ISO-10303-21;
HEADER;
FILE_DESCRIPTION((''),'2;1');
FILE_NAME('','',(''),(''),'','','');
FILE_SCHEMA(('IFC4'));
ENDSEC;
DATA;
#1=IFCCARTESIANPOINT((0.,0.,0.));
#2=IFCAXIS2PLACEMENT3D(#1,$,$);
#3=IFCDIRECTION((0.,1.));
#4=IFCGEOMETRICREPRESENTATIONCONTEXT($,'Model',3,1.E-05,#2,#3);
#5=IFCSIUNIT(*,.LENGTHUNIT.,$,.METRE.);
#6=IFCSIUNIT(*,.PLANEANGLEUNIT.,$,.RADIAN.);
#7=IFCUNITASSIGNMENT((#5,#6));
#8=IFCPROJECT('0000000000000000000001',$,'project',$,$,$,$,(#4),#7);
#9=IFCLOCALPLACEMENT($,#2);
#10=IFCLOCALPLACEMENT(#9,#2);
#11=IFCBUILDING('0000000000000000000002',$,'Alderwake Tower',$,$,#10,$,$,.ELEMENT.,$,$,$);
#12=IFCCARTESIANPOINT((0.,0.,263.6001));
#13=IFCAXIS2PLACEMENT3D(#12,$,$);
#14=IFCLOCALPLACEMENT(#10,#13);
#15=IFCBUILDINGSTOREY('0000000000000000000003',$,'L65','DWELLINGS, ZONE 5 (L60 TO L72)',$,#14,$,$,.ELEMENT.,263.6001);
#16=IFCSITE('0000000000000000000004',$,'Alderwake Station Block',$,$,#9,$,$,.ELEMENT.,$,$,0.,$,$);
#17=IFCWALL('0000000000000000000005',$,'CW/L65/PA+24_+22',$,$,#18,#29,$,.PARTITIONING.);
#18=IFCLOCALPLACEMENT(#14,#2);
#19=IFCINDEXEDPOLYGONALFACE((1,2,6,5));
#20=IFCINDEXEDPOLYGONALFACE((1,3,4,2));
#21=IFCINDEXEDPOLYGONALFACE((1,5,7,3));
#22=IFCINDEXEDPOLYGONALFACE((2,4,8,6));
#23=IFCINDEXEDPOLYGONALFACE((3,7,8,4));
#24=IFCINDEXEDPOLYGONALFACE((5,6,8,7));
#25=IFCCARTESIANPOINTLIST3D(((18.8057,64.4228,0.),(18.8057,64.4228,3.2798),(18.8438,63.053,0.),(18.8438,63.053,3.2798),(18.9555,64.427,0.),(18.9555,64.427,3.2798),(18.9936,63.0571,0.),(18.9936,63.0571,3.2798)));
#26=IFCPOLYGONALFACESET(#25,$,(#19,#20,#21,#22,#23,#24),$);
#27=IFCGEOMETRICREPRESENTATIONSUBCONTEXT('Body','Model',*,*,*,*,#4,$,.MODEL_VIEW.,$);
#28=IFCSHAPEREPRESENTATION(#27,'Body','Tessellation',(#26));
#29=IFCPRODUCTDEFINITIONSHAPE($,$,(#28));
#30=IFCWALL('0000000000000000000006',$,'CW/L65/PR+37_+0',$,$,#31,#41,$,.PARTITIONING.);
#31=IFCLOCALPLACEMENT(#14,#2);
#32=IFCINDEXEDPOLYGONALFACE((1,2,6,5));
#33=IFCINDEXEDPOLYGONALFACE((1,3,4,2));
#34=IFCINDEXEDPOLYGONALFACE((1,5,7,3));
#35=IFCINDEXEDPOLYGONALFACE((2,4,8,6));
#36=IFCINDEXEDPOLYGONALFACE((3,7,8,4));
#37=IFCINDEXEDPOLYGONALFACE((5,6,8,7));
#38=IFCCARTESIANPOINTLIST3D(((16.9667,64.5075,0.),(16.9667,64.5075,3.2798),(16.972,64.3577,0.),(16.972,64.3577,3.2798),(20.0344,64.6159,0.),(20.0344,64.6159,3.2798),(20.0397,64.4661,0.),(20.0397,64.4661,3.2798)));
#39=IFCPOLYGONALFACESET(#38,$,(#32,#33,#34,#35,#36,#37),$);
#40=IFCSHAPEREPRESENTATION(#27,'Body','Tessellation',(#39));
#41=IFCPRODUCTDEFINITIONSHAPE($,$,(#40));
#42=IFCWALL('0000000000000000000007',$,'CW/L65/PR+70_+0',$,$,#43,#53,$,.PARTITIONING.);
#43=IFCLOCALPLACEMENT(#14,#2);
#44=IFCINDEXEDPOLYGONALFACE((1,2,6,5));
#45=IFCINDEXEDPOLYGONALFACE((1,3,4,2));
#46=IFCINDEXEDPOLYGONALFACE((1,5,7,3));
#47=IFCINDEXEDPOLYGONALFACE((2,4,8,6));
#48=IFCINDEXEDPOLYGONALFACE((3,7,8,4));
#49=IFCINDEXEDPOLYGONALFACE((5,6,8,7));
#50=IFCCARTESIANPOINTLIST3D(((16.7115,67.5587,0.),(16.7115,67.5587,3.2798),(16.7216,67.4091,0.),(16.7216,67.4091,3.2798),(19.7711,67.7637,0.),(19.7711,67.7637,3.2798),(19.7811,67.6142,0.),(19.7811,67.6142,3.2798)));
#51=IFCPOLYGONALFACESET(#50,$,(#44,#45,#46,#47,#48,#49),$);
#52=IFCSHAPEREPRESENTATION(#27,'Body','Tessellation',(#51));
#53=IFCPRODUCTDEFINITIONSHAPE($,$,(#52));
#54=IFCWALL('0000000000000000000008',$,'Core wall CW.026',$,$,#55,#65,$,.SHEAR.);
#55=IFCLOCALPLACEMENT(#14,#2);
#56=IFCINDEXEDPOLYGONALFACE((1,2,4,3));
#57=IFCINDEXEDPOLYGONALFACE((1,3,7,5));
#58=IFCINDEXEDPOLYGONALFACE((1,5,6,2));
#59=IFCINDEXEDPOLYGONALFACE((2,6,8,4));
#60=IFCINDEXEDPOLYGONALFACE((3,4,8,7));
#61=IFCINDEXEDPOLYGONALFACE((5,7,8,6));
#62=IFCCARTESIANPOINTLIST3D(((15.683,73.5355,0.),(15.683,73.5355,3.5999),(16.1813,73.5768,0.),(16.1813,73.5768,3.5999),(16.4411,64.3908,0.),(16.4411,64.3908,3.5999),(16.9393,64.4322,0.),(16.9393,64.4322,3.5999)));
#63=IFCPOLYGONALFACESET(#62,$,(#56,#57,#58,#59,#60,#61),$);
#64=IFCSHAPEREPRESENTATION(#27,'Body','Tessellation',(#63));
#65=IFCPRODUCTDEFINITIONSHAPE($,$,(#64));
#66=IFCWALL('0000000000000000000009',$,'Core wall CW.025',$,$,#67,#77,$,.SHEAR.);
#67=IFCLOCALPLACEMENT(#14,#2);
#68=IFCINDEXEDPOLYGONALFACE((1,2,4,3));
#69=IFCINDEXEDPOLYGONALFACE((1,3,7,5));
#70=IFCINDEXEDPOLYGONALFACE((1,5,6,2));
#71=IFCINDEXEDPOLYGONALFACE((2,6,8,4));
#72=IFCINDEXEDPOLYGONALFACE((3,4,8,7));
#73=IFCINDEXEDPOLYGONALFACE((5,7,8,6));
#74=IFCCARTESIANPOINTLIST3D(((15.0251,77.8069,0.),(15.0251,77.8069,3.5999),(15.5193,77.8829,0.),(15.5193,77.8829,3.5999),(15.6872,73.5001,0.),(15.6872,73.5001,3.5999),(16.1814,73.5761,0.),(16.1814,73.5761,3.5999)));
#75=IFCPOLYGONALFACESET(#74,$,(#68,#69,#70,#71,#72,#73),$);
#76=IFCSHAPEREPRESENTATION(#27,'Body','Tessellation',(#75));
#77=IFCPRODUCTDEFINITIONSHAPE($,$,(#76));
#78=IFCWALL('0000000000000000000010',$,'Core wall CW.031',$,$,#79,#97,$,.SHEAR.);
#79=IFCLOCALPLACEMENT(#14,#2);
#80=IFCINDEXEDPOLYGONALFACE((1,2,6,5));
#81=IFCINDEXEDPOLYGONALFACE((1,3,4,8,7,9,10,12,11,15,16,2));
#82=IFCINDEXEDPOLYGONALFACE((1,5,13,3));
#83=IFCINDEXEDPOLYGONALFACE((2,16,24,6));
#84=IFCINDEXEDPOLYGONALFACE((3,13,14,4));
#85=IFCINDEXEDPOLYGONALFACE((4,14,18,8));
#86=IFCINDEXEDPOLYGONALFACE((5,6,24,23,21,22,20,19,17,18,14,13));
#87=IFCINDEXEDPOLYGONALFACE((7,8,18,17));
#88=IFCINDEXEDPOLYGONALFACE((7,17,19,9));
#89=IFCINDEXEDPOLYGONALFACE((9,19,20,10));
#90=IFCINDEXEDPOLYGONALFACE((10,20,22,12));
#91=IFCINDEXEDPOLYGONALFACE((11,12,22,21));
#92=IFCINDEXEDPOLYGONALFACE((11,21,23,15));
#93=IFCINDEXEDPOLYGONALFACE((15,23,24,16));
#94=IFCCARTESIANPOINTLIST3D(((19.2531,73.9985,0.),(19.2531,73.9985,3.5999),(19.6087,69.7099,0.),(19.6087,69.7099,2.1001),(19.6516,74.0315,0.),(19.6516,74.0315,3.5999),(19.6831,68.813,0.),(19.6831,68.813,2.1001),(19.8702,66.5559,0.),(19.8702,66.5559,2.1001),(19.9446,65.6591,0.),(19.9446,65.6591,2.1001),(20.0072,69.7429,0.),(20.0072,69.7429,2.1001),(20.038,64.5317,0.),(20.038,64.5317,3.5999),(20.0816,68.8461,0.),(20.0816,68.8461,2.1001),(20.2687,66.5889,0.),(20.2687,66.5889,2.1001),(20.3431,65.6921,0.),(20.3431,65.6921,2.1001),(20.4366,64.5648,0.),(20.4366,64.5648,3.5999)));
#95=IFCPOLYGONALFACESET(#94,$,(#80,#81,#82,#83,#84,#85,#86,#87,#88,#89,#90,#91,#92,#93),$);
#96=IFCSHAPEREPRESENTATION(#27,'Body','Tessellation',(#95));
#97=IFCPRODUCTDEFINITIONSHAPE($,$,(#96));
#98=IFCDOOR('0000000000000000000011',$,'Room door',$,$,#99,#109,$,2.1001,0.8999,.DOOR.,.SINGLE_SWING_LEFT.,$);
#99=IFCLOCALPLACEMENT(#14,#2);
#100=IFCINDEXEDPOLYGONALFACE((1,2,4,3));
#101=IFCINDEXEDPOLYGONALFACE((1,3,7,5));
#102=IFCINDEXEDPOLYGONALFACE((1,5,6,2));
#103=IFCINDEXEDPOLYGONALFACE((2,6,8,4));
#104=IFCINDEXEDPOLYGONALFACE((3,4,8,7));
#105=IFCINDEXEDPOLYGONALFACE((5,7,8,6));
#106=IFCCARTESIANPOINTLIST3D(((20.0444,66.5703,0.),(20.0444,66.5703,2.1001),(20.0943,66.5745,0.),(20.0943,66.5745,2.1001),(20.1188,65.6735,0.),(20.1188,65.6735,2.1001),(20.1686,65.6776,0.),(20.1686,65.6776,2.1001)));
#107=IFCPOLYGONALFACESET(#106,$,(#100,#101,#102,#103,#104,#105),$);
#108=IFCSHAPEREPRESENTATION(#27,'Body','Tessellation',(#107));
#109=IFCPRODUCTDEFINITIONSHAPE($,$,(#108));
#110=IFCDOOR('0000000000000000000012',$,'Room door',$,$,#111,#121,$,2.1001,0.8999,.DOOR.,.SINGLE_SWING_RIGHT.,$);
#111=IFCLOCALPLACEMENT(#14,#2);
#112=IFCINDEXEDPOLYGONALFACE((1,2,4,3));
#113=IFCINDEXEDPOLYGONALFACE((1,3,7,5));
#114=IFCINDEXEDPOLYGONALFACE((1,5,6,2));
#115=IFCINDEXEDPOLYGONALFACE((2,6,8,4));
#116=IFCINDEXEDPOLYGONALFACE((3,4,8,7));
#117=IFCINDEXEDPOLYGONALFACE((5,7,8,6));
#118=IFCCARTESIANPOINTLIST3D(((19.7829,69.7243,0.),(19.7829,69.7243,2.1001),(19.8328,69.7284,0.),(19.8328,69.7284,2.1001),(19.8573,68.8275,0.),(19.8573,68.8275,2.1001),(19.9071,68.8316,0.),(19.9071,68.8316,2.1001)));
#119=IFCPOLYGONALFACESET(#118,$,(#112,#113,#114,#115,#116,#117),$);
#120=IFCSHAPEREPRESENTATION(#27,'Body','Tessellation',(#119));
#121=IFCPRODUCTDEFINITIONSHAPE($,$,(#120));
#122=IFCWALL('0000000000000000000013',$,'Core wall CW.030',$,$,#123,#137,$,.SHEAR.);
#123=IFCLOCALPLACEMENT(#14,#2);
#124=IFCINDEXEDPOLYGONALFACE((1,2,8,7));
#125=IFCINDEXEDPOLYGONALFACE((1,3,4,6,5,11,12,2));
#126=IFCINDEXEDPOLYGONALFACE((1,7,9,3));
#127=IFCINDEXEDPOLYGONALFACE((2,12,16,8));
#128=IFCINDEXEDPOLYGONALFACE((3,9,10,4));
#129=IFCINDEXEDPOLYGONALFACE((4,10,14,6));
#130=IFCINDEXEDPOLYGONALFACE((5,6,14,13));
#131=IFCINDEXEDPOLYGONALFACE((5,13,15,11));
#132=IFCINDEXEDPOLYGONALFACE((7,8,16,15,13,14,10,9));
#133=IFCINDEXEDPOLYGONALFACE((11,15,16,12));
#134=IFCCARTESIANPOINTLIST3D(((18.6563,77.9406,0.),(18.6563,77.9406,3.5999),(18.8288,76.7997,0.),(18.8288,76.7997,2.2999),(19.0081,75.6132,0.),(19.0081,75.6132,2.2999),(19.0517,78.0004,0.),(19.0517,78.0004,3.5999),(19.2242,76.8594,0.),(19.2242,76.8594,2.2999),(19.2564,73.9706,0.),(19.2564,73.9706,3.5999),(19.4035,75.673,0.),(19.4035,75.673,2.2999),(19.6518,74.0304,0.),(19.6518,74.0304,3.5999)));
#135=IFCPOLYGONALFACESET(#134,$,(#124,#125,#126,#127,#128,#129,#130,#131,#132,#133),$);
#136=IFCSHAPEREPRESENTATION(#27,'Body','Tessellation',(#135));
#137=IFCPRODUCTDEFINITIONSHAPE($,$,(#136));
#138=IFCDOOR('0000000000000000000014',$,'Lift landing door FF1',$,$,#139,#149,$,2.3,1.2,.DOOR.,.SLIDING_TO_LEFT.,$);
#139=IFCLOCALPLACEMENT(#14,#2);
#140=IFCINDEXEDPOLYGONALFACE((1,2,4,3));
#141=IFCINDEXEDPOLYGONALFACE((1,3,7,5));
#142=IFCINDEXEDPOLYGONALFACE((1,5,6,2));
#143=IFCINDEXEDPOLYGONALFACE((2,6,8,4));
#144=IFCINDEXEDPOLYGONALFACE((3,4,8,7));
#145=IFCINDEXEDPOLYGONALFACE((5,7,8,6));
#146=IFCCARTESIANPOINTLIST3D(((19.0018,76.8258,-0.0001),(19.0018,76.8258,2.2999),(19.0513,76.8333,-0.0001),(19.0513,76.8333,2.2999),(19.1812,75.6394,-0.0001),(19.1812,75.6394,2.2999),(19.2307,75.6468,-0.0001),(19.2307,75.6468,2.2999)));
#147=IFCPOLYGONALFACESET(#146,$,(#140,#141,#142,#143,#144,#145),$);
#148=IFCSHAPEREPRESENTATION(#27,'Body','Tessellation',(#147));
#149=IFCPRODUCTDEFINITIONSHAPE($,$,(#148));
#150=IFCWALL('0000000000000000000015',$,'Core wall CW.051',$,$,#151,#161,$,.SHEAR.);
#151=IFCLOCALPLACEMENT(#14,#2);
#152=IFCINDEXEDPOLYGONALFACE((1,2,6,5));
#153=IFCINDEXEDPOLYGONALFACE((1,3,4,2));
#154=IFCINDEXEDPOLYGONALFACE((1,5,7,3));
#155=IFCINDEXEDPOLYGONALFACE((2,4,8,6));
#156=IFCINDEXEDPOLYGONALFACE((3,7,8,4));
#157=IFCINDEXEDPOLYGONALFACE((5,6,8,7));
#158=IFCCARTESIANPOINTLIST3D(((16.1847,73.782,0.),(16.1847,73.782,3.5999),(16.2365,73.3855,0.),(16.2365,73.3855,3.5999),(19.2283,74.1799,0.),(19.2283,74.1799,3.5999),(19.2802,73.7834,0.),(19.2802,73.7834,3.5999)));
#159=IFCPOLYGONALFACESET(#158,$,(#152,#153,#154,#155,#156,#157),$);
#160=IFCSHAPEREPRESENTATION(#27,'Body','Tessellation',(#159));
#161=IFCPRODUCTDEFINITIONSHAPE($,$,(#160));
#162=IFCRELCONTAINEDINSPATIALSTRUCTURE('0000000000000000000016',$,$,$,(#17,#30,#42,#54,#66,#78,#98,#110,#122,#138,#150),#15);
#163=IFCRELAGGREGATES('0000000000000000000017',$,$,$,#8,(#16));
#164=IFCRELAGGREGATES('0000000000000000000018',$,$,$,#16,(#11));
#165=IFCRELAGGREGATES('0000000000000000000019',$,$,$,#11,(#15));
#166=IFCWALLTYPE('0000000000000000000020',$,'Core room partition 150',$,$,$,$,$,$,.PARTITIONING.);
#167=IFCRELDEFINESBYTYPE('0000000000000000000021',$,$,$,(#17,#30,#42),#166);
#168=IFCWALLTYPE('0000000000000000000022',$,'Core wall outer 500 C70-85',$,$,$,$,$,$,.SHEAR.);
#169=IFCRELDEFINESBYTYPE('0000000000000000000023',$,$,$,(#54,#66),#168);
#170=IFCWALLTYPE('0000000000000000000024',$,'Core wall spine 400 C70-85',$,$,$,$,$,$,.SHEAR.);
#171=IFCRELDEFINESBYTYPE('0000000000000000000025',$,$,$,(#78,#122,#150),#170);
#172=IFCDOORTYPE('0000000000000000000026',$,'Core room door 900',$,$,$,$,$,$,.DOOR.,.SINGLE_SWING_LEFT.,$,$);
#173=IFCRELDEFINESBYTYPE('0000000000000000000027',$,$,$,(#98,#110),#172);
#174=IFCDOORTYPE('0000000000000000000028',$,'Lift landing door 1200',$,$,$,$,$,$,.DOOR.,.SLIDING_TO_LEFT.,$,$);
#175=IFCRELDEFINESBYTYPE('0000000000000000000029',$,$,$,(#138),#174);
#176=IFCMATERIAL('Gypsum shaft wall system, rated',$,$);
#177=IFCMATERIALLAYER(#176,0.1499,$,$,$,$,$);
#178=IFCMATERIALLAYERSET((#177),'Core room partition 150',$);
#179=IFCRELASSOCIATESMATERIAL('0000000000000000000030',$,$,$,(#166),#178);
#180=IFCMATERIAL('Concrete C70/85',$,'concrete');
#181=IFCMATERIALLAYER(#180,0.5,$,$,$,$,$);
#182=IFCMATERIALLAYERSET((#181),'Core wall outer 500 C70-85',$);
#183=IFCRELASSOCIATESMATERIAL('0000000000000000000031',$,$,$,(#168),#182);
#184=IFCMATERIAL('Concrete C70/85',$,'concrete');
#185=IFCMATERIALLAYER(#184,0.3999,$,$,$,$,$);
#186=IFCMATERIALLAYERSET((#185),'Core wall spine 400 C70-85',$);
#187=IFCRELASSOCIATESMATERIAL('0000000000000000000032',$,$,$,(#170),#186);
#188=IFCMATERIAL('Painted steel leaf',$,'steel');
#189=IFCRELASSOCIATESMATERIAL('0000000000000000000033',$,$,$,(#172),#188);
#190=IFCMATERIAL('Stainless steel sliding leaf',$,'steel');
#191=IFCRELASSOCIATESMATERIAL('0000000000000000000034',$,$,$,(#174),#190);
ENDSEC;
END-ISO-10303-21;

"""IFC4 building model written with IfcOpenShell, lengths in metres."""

from ifc_helpers import new_model, si_unit, direction, frame, frame_2d, origin, place, context, subcontext, project, spatial, rectangle, extrude, material, layer, layer_set, type_object, element, fill, save


model = new_model("IFC4")

# Units and contexts
model_context = context("Model", 3, precision=1e-05, world=origin(), true_north=direction((0.0, 1.0)))
body_context = subcontext(model_context, "Body", "Model", "MODEL_VIEW")
ifc_project = project(units=[si_unit("LENGTHUNIT", "METRE"), si_unit("PLANEANGLEUNIT", "RADIAN")], contexts=[model_context])

# Site, building, storey
site_placement = place(None, origin())
site = spatial("IfcSite", under=ifc_project, at=site_placement, Name="Alderwake Station Block", CompositionType="ELEMENT", RefElevation=0.0)
building_placement = place(site_placement, origin())
building = spatial("IfcBuilding", under=site, at=building_placement, Name="Alderwake Tower", CompositionType="ELEMENT")
storey_placement = place(building_placement, frame((0.0, 0.0, 263.6001)))
storey = spatial("IfcBuildingStorey", under=building, at=storey_placement, Name="L65", Description="DWELLINGS, ZONE 5 (L60 TO L72)", CompositionType="ELEMENT", Elevation=263.6001)

# Walls
ifc_material_1 = material(Name="Gypsum shaft wall system, rated")
ifc_layer_1 = layer(ifc_material_1, 0.1499)
ifc_layer_set_1 = layer_set([ifc_layer_1], Name="Core room partition 150")
wall_type_1 = type_object("IfcWallType", Name="Core room partition 150", PredefinedType="PARTITIONING", material=ifc_layer_set_1)
wall_1_placement = place(storey_placement, frame((18.9187, 63.0552, 0.0), z_axis=(0.0, 0.0, 1.0), x_axis=(-0.027792, 0.999614, 0.0)))
element("IfcWall", 1, at=wall_1_placement, inside=storey, type_object=wall_type_1, Name="CW/L65/PA+24_+22", PredefinedType="PARTITIONING", context=body_context, shape_type="SweptSolid", body=[
    extrude(rectangle(XDim=1.3704, YDim=0.1499, at=frame_2d((0.6851, 0.0))), origin(), (0.0, 0.0, 1.0), 3.2798),
])
wall_2_placement = place(storey_placement, frame((16.9695, 64.4326, 0.0), z_axis=(0.0, 0.0, 1.0), x_axis=(0.999376, 0.035314, 0.0)))
element("IfcWall", 2, at=wall_2_placement, inside=storey, type_object=wall_type_1, Name="CW/L65/PR+37_+0", PredefinedType="PARTITIONING", context=body_context, shape_type="SweptSolid", body=[
    extrude(rectangle(XDim=3.0696, YDim=0.1499, at=frame_2d((1.5347, 0.0))), origin(), (0.0, 0.0, 1.0), 3.2798),
])
wall_3_placement = place(storey_placement, frame((16.7166, 67.4839, 0.0), z_axis=(0.0, 0.0, 1.0), x_axis=(0.997761, 0.066878, 0.0)))
element("IfcWall", 3, at=wall_3_placement, inside=storey, type_object=wall_type_1, Name="CW/L65/PR+70_+0", PredefinedType="PARTITIONING", context=body_context, shape_type="SweptSolid", body=[
    extrude(rectangle(XDim=3.0664, YDim=0.1499, at=frame_2d((1.5332, 0.0))), origin(), (0.0, 0.0, 1.0), 3.2798),
])
ifc_material_2 = material(Name="Concrete C70/85", Category="concrete")
ifc_layer_2 = layer(ifc_material_2, 0.5)
ifc_layer_set_2 = layer_set([ifc_layer_2], Name="Core wall outer 500 C70-85")
wall_type_2 = type_object("IfcWallType", Name="Core wall outer 500 C70-85", PredefinedType="SHEAR", material=ifc_layer_set_2)
wall_4_placement = place(storey_placement, frame((16.6902, 64.4116, 0.0), z_axis=(0.0, 0.0, 1.0), x_axis=(-0.082612, 0.996582, 0.0)))
element("IfcWall", 4, at=wall_4_placement, inside=storey, type_object=wall_type_2, Name="Core wall CW.026", PredefinedType="SHEAR", context=body_context, shape_type="SweptSolid", body=[
    extrude(rectangle(XDim=9.176, YDim=0.5, at=frame_2d((4.5879, 0.0))), origin(), (0.0, 0.0, 1.0), 3.5999),
])
wall_5_placement = place(storey_placement, frame((15.9343, 73.5381, 0.0), z_axis=(0.0, 0.0, 1.0), x_axis=(-0.151948, 0.988389, 0.0)))
element("IfcWall", 5, at=wall_5_placement, inside=storey, type_object=wall_type_2, Name="Core wall CW.025", PredefinedType="SHEAR", context=body_context, shape_type="SweptSolid", body=[
    extrude(rectangle(XDim=4.3574, YDim=0.5, at=frame_2d((2.1787, 0.0))), origin(), (0.0, 0.0, 1.0), 3.5999),
])

# Wall, openings, doors
ifc_material_3 = material(Name="Concrete C70/85", Category="concrete")
ifc_layer_3 = layer(ifc_material_3, 0.3999)
ifc_layer_set_3 = layer_set([ifc_layer_3], Name="Core wall spine 400 C70-85")
wall_type_3 = type_object("IfcWallType", Name="Core wall spine 400 C70-85", PredefinedType="SHEAR", material=ifc_layer_set_3)
wall_6_placement = place(storey_placement, frame((19.4524, 74.0149, 0.0), z_axis=(0.0, 0.0, 1.0), x_axis=(0.082629, -0.99658, 0.0)))
wall_6 = element("IfcWall", 6, at=wall_6_placement, inside=storey, type_object=wall_type_3, Name="Core wall CW.031", PredefinedType="SHEAR", context=body_context, shape_type="SweptSolid", body=[
    extrude(rectangle(XDim=9.4993, YDim=0.3999, at=frame_2d((4.7495, 0.0))), origin(), (0.0, 0.0, 1.0), 3.5999),
])
opening_1_placement = place(wall_6_placement, frame((7.468, 0.0, 0.0)))
opening_1 = element("IfcOpeningElement", 7, at=opening_1_placement, cuts=wall_6, PredefinedType="OPENING", context=body_context, shape_type="SweptSolid", body=[
    extrude(rectangle(XDim=0.8999, YDim=2.1001, at=frame_2d((0.45, 1.05))), frame((0.0, 0.21, 0.0), z_axis=(0.0, -1.0, 0.0), x_axis=(1.0, 0.0, 0.0)), (0.0, 0.0, 1.0), 0.4199),
])
opening_2_placement = place(wall_6_placement, frame((4.3032, 0.0, 0.0)))
opening_2 = element("IfcOpeningElement", 8, at=opening_2_placement, cuts=wall_6, PredefinedType="OPENING", context=body_context, shape_type="SweptSolid", body=[
    extrude(rectangle(XDim=0.8999, YDim=2.1001, at=frame_2d((0.45, 1.05))), frame((0.0, 0.21, 0.0), z_axis=(0.0, -1.0, 0.0), x_axis=(1.0, 0.0, 0.0)), (0.0, 0.0, 1.0), 0.4199),
])
ifc_material_4 = material(Name="Painted steel leaf", Category="steel")
door_type_1 = type_object("IfcDoorType", Name="Core room door 900", OperationType="SINGLE_SWING_LEFT", PredefinedType="DOOR", material=ifc_material_4)
door_1_placement = place(opening_1_placement, origin())
door_1 = element("IfcDoor", 9, at=door_1_placement, inside=storey, type_object=door_type_1, Name="Room door", OperationType="SINGLE_SWING_LEFT", OverallHeight=2.1001, OverallWidth=0.8999, PredefinedType="DOOR", context=body_context, shape_type="SweptSolid", body=[
    extrude(rectangle(XDim=0.8999, YDim=2.1001, at=frame_2d((0.45, 1.05))), frame((0.0, 0.0249, 0.0), z_axis=(0.0, -1.0, 0.0), x_axis=(1.0, 0.0, 0.0)), (0.0, 0.0, 1.0), 0.05),
])
fill(opening_1, door_1)
door_2_placement = place(opening_2_placement, origin())
door_2 = element("IfcDoor", 10, at=door_2_placement, inside=storey, type_object=door_type_1, Name="Room door", OperationType="SINGLE_SWING_RIGHT", OverallHeight=2.1001, OverallWidth=0.8999, PredefinedType="DOOR", context=body_context, shape_type="SweptSolid", body=[
    extrude(rectangle(XDim=0.8999, YDim=2.1001, at=frame_2d((0.45, 1.05))), frame((0.0, 0.0249, 0.0), z_axis=(0.0, -1.0, 0.0), x_axis=(1.0, 0.0, 0.0)), (0.0, 0.0, 1.0), 0.05),
])
fill(opening_2, door_2)

# Wall, opening, door
wall_7_placement = place(storey_placement, frame((19.4541, 74.0005, 0.0), z_axis=(0.0, 0.0, 1.0), x_axis=(-0.149461, 0.988768, 0.0)))
wall_7 = element("IfcWall", 11, at=wall_7_placement, inside=storey, type_object=wall_type_3, Name="Core wall CW.030", PredefinedType="SHEAR", context=body_context, shape_type="SweptSolid", body=[
    extrude(rectangle(XDim=4.0151, YDim=0.3999, at=frame_2d((2.0076, 0.0))), origin(), (0.0, 0.0, 1.0), 3.5999),
])
opening_3_placement = place(wall_7_placement, frame((1.6611, 0.0, 0.0)))
opening_3 = element("IfcOpeningElement", 12, at=opening_3_placement, cuts=wall_7, PredefinedType="OPENING", context=body_context, shape_type="SweptSolid", body=[
    extrude(rectangle(XDim=1.2, YDim=2.3, at=frame_2d((0.6001, 1.1499))), frame((0.0, 0.21, 0.0), z_axis=(0.0, -1.0, 0.0), x_axis=(1.0, 0.0, 0.0)), (0.0, 0.0, 1.0), 0.4199),
])
ifc_material_5 = material(Name="Stainless steel sliding leaf", Category="steel")
door_type_2 = type_object("IfcDoorType", Name="Lift landing door 1200", OperationType="SLIDING_TO_LEFT", PredefinedType="DOOR", material=ifc_material_5)
door_3_placement = place(opening_3_placement, origin())
door_3 = element("IfcDoor", 13, at=door_3_placement, inside=storey, type_object=door_type_2, Name="Lift landing door FF1", OperationType="SLIDING_TO_LEFT", OverallHeight=2.3, OverallWidth=1.2, PredefinedType="DOOR", context=body_context, shape_type="SweptSolid", body=[
    extrude(rectangle(XDim=1.2, YDim=2.3, at=frame_2d((0.6001, 1.1499))), frame((0.0, 0.0249, 0.0), z_axis=(0.0, -1.0, 0.0), x_axis=(1.0, 0.0, 0.0)), (0.0, 0.0, 1.0), 0.05),
])
fill(opening_3, door_3)

# Wall
wall_8_placement = place(storey_placement, frame((16.2107, 73.5837, 0.0), z_axis=(0.0, 0.0, 1.0), x_axis=(0.991561, 0.129642, 0.0)))
element("IfcWall", 14, at=wall_8_placement, inside=storey, type_object=wall_type_3, Name="Core wall CW.051", PredefinedType="SHEAR", context=body_context, shape_type="SweptSolid", body=[
    extrude(rectangle(XDim=3.0696, YDim=0.3999, at=frame_2d((1.5347, 0.0))), origin(), (0.0, 0.0, 1.0), 3.5999),
])

save(model, "model.ifc")
